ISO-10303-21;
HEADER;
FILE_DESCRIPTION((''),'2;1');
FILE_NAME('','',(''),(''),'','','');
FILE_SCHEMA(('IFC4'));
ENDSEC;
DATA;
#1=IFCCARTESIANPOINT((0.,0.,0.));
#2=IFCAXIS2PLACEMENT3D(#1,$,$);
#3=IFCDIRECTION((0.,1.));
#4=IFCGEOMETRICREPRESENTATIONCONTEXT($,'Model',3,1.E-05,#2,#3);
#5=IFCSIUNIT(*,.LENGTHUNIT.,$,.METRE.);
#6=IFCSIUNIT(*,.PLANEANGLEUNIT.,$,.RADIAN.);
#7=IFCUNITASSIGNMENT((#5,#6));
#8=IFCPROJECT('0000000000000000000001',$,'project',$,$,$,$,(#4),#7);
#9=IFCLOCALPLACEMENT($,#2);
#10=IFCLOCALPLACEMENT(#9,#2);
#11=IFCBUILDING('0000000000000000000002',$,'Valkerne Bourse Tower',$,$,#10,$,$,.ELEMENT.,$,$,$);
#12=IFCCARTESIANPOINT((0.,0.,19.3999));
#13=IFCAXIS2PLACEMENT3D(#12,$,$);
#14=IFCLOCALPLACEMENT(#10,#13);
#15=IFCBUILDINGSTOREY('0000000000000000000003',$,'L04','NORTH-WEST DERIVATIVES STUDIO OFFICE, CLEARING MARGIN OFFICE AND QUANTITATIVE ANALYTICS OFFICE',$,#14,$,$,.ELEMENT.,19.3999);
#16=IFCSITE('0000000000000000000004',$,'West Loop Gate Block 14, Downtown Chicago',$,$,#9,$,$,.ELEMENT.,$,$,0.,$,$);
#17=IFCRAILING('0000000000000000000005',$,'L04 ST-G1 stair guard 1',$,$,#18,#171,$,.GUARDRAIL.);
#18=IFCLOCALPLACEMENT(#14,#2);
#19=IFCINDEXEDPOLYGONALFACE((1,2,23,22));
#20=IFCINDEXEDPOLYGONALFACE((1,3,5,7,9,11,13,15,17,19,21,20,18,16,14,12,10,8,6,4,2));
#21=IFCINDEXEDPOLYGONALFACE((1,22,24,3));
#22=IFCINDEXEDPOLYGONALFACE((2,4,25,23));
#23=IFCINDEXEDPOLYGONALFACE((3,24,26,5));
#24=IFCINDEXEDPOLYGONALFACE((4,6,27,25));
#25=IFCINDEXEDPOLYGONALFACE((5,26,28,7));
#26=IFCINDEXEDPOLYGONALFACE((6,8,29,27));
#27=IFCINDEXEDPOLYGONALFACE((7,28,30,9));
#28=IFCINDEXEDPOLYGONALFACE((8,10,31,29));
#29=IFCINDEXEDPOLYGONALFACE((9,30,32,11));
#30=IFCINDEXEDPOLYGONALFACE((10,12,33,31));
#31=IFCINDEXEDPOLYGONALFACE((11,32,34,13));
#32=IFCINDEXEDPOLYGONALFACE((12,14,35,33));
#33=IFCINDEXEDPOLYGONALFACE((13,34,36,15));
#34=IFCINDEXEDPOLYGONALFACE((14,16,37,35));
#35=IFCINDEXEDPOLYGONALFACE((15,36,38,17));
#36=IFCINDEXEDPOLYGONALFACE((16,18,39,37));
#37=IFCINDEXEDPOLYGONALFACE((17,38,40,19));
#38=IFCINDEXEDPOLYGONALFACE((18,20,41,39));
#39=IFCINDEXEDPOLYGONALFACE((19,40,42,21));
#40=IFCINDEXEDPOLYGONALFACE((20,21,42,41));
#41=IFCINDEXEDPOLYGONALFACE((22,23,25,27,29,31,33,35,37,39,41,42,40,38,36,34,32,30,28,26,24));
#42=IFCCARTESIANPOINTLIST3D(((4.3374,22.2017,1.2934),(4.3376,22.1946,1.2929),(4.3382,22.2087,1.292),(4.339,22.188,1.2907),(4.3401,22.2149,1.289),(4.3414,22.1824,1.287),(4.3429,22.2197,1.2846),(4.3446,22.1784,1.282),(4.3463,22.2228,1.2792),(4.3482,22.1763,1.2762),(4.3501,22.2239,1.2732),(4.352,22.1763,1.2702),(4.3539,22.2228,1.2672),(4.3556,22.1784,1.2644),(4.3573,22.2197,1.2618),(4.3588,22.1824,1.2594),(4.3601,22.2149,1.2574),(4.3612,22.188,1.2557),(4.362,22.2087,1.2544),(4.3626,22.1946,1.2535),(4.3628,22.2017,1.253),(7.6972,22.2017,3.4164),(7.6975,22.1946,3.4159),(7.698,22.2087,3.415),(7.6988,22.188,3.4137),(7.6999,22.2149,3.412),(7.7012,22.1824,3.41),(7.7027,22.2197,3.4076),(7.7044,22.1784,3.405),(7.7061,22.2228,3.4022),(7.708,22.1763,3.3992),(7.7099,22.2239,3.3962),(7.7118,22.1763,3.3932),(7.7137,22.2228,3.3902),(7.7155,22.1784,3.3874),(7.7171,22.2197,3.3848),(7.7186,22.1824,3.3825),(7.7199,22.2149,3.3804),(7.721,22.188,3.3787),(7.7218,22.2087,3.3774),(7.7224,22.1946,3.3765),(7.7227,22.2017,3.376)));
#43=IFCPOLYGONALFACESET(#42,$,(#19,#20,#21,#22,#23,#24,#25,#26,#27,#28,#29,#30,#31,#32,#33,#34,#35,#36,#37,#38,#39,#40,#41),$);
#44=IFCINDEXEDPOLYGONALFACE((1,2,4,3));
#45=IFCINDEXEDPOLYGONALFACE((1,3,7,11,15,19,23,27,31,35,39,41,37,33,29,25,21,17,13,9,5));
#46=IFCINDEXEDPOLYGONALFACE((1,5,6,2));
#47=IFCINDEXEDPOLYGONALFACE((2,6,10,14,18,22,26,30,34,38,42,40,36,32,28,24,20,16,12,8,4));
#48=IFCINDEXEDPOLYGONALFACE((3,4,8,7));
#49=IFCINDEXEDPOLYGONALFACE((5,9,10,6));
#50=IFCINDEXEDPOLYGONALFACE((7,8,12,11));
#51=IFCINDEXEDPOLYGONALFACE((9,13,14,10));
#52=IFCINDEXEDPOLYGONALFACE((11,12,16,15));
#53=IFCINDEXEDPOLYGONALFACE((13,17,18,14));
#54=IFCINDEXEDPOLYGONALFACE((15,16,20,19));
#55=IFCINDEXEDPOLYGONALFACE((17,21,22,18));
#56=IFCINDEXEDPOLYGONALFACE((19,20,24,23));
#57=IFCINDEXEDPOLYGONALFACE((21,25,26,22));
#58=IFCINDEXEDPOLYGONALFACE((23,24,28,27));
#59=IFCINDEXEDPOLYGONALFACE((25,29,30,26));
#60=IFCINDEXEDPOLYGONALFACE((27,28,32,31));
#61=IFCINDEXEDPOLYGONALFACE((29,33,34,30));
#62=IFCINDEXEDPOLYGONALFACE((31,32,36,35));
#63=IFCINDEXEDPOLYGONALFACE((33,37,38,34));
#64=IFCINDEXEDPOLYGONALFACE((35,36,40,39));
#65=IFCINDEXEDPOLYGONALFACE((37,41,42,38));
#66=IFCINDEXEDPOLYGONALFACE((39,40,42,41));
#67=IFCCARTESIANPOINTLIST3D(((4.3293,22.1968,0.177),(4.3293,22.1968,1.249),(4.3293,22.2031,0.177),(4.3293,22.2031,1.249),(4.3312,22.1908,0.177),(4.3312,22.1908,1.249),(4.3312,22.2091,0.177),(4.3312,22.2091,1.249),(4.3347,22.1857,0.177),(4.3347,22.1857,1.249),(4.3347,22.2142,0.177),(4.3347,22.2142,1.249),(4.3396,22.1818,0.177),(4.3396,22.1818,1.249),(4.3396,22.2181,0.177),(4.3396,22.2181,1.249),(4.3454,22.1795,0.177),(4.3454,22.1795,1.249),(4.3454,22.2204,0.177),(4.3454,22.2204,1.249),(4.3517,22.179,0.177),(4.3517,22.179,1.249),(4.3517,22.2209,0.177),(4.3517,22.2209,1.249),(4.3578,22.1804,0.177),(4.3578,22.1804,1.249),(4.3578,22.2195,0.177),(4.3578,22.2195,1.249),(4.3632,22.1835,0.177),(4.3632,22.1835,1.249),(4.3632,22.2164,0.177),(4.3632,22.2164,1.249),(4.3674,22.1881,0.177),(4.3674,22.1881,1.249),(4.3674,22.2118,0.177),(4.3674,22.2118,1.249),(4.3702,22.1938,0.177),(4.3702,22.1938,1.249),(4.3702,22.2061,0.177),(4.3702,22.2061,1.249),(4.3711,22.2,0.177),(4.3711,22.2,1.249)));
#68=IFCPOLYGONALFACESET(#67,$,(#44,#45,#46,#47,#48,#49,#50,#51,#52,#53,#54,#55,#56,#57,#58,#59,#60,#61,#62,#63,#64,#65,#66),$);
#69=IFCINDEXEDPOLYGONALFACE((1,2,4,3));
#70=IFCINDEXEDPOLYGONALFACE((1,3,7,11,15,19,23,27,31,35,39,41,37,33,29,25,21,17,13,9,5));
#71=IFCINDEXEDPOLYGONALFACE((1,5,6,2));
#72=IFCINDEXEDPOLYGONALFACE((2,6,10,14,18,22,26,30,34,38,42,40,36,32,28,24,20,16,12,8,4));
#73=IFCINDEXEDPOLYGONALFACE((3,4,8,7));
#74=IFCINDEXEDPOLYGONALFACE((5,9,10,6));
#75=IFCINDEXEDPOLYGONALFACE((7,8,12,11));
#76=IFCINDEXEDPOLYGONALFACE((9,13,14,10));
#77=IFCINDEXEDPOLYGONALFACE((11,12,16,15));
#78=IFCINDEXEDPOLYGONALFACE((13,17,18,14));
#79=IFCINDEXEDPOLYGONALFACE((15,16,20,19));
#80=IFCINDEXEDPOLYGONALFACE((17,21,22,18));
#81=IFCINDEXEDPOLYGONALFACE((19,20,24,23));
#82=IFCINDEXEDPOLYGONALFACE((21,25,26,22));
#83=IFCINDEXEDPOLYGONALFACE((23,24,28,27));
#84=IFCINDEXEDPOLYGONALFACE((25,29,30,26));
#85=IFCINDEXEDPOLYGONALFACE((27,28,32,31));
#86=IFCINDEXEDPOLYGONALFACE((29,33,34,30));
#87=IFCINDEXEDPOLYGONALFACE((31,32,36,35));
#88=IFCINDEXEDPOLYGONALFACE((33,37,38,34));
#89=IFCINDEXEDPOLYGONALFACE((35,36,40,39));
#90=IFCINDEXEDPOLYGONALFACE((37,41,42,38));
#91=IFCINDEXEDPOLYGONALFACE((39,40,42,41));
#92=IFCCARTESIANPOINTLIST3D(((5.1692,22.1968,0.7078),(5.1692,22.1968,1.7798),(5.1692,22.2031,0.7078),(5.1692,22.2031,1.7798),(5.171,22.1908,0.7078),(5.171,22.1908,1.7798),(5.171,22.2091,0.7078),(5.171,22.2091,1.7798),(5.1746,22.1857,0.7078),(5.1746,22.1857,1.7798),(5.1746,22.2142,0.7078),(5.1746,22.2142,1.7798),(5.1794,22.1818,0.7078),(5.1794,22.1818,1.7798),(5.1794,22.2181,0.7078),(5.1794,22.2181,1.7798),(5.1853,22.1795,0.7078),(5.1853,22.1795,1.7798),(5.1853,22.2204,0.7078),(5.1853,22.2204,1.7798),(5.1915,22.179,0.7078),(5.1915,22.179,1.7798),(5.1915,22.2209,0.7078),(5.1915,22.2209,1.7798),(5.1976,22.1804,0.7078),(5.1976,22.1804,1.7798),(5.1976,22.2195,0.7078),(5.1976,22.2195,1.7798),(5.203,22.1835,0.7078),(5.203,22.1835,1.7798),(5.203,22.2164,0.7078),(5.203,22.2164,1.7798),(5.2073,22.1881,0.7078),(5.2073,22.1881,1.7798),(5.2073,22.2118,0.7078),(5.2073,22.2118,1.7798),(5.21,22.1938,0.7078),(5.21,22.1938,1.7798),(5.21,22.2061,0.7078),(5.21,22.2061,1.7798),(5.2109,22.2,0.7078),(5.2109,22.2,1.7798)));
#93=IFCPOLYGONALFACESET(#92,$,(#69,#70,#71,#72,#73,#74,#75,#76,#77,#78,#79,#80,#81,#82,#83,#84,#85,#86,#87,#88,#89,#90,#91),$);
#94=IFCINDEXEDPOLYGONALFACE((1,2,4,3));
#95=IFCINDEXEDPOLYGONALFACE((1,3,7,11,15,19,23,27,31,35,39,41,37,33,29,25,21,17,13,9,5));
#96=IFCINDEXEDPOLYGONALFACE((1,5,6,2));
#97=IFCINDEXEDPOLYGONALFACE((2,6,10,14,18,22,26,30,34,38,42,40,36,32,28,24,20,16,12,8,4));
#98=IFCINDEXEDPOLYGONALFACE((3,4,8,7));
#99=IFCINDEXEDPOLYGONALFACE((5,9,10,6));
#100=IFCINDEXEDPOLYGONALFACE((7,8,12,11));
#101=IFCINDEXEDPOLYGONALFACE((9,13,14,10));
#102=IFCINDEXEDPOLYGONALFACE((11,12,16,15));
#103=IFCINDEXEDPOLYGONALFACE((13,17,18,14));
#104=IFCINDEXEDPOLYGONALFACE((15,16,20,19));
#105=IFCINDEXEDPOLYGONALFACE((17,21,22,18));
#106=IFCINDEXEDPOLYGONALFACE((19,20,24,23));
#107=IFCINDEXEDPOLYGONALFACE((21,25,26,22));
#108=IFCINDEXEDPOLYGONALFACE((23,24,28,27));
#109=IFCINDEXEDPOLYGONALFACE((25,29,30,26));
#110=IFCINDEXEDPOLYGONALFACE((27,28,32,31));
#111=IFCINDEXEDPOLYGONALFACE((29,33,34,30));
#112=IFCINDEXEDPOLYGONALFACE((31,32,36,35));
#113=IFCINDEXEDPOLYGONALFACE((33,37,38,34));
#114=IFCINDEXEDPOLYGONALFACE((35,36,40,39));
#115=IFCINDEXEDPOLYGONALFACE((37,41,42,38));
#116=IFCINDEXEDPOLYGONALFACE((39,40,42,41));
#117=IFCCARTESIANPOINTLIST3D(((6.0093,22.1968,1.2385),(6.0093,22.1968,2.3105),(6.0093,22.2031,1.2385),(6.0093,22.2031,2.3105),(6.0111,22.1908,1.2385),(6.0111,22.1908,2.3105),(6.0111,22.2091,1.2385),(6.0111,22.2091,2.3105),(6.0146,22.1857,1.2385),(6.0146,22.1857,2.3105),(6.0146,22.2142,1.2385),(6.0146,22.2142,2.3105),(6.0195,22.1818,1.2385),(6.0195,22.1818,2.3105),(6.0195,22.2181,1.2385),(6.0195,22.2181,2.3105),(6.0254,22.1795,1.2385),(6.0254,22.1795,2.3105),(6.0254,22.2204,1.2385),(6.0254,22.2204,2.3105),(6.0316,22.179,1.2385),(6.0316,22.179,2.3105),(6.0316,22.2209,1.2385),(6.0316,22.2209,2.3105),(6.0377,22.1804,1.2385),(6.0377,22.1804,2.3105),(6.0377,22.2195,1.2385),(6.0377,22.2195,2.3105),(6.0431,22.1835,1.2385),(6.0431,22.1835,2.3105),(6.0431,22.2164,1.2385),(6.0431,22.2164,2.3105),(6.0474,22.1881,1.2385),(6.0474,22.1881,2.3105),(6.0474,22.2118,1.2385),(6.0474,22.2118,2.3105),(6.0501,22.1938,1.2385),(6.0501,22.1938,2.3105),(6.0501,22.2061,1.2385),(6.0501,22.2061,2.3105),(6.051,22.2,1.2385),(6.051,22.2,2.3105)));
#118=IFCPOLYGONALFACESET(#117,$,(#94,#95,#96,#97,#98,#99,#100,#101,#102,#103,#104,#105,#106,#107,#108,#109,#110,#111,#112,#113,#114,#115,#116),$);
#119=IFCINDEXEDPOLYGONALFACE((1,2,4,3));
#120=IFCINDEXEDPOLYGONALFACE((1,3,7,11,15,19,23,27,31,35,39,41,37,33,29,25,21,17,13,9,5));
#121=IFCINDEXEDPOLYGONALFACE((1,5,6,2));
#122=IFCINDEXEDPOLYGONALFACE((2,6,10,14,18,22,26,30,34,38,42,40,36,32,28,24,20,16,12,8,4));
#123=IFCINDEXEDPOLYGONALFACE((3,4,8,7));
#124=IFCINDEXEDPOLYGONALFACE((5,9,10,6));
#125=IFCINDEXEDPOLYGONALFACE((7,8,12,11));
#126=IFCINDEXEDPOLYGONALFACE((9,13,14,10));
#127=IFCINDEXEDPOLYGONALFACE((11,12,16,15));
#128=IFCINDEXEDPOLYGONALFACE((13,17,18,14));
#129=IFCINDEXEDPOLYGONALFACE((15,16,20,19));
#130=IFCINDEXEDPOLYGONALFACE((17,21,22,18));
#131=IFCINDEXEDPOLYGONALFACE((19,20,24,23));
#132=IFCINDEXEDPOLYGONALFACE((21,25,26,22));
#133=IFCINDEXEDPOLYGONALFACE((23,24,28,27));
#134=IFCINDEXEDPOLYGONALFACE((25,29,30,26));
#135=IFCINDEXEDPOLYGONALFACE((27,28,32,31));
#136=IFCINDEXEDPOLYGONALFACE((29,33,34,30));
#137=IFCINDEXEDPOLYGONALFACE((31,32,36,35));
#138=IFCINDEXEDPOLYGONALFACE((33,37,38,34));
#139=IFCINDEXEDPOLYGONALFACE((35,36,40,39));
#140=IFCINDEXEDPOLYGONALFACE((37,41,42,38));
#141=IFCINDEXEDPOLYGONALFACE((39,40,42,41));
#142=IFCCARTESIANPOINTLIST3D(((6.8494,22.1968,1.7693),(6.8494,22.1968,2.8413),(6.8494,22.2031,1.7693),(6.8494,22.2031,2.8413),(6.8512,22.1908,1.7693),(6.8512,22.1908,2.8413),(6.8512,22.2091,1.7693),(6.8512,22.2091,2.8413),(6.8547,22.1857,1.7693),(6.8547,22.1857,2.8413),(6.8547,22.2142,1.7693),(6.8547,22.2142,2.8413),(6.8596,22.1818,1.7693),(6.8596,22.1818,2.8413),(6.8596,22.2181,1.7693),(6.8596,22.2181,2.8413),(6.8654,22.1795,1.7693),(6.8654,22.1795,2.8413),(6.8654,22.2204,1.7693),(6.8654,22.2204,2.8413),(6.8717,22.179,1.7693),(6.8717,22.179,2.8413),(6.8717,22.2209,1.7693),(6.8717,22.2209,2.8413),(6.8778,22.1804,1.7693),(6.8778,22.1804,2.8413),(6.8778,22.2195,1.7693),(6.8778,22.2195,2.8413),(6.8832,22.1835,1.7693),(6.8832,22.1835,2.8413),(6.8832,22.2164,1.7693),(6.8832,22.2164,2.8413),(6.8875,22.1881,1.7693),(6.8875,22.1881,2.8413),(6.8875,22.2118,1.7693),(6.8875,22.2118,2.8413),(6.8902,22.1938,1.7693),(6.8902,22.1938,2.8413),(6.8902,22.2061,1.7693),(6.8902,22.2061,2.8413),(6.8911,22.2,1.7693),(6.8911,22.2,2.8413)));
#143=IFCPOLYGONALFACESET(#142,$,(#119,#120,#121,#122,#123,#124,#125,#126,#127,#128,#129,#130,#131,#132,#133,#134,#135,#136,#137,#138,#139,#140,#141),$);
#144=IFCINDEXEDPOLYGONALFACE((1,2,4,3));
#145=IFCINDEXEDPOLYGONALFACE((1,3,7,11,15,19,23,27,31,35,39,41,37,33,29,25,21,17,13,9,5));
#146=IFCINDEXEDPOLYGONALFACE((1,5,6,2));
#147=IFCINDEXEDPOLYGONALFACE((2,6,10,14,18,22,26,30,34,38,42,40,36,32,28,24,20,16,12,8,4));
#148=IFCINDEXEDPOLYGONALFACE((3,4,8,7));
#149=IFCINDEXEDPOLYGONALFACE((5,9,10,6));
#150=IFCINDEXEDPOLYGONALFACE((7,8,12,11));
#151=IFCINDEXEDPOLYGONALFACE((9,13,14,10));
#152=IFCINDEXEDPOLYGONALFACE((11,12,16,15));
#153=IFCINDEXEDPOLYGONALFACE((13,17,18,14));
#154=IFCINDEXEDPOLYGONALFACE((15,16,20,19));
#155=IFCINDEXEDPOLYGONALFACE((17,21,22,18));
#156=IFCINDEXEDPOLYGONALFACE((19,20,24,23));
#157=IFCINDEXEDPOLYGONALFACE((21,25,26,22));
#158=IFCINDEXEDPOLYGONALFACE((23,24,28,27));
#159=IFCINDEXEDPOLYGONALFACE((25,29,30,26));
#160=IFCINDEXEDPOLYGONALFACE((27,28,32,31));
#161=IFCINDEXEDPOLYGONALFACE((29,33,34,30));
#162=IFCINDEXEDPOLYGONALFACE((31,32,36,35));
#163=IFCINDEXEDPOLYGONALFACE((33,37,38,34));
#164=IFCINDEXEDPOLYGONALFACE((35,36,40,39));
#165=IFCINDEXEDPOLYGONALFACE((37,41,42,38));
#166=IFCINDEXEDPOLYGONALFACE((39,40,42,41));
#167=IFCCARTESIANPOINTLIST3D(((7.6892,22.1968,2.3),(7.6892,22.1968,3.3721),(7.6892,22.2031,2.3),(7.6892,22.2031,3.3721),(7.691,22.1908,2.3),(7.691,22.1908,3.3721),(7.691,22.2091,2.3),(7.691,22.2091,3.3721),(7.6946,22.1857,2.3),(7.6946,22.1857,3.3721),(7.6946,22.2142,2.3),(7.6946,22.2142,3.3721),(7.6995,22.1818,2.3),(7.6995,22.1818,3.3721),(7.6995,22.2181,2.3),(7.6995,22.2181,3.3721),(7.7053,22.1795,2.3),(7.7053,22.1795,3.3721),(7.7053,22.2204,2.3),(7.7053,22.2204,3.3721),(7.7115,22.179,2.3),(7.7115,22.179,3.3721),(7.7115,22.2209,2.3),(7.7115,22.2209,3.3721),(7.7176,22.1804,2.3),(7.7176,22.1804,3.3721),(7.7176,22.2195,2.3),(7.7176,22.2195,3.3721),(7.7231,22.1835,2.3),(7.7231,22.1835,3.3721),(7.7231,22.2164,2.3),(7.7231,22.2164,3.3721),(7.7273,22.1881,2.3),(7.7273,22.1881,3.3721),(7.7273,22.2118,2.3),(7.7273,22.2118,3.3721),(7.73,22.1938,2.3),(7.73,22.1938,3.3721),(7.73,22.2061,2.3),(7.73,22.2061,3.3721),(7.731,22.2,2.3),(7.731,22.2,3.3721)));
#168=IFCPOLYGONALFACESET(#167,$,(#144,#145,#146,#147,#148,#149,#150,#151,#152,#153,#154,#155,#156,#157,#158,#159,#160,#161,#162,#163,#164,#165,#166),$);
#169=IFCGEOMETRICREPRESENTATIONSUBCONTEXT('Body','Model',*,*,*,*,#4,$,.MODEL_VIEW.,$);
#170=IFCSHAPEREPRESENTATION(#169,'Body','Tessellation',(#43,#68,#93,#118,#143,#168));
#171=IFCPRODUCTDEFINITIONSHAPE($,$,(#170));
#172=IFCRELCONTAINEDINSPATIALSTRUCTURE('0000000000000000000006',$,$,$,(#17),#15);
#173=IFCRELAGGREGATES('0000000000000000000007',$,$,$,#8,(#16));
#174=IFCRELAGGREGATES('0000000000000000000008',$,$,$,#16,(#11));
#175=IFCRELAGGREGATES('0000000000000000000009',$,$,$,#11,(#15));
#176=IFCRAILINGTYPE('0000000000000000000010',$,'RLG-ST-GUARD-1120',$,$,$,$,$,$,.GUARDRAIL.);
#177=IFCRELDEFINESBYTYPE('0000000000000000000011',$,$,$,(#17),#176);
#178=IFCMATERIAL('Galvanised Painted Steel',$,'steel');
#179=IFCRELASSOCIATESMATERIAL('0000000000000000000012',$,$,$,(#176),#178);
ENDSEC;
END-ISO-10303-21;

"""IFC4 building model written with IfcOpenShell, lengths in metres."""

from ifc_helpers import new_model, si_unit, direction, frame, origin, origin_2d, place, context, subcontext, project, spatial, circle, extrude, material, type_object, element, save


model = new_model("IFC4")

# Units and contexts
model_context = context("Model", 3, precision=1e-05, world=origin(), true_north=direction((0.0, 1.0)))
body_context = subcontext(model_context, "Body", "Model", "MODEL_VIEW")
ifc_project = project(units=[si_unit("LENGTHUNIT", "METRE"), si_unit("PLANEANGLEUNIT", "RADIAN")], contexts=[model_context])

# Site, building, storey
site_placement = place(None, origin())
site = spatial("IfcSite", under=ifc_project, at=site_placement, Name="West Loop Gate Block 14, Downtown Chicago", CompositionType="ELEMENT", RefElevation=0.0)
building_placement = place(site_placement, origin())
building = spatial("IfcBuilding", under=site, at=building_placement, Name="Valkerne Bourse Tower", CompositionType="ELEMENT")
storey_placement = place(building_placement, frame((0.0, 0.0, 19.3999)))
storey = spatial("IfcBuildingStorey", under=building, at=storey_placement, Name="L04", Description="NORTH-WEST DERIVATIVES STUDIO OFFICE, CLEARING MARGIN OFFICE AND QUANTITATIVE ANALYTICS OFFICE", CompositionType="ELEMENT", Elevation=19.3999)

# Shared definitions
ifc_material_1 = material(Name="Galvanised Painted Steel", Category="steel")

# Railing
railing_type_1 = type_object("IfcRailingType", Name="RLG-ST-GUARD-1120", PredefinedType="GUARDRAIL", material=ifc_material_1)
railing_1_placement = place(storey_placement, frame((4.3501, 22.2, 0.177)))
element("IfcRailing", 1, at=railing_1_placement, inside=storey, type_object=railing_type_1, Name="L04 ST-G1 stair guard 1", PredefinedType="GUARDRAIL", context=body_context, shape_type="SweptSolid", body=[
    extrude(circle(Radius=0.0239, at=origin_2d()), frame((0.0, 0.0, 1.0962), z_axis=(0.845372, 0.0, 0.534178), x_axis=(0.0, 1.0, 0.0)), (0.0, 0.0, 1.0), 3.9744),
    extrude(circle(Radius=0.021, at=origin_2d()), origin(), (0.0, 0.0, 1.0), 1.072),
    extrude(circle(Radius=0.021, at=origin_2d()), frame((0.8398, 0.0, 0.5308)), (0.0, 0.0, 1.0), 1.072),
    extrude(circle(Radius=0.021, at=origin_2d()), frame((1.6799, 0.0, 1.0615)), (0.0, 0.0, 1.0), 1.072),
    extrude(circle(Radius=0.021, at=origin_2d()), frame((2.52, 0.0, 1.5923)), (0.0, 0.0, 1.0), 1.072),
    extrude(circle(Radius=0.021, at=origin_2d()), frame((3.3599, 0.0, 2.123)), (0.0, 0.0, 1.0), 1.072),
])

save(model, "model.ifc")
